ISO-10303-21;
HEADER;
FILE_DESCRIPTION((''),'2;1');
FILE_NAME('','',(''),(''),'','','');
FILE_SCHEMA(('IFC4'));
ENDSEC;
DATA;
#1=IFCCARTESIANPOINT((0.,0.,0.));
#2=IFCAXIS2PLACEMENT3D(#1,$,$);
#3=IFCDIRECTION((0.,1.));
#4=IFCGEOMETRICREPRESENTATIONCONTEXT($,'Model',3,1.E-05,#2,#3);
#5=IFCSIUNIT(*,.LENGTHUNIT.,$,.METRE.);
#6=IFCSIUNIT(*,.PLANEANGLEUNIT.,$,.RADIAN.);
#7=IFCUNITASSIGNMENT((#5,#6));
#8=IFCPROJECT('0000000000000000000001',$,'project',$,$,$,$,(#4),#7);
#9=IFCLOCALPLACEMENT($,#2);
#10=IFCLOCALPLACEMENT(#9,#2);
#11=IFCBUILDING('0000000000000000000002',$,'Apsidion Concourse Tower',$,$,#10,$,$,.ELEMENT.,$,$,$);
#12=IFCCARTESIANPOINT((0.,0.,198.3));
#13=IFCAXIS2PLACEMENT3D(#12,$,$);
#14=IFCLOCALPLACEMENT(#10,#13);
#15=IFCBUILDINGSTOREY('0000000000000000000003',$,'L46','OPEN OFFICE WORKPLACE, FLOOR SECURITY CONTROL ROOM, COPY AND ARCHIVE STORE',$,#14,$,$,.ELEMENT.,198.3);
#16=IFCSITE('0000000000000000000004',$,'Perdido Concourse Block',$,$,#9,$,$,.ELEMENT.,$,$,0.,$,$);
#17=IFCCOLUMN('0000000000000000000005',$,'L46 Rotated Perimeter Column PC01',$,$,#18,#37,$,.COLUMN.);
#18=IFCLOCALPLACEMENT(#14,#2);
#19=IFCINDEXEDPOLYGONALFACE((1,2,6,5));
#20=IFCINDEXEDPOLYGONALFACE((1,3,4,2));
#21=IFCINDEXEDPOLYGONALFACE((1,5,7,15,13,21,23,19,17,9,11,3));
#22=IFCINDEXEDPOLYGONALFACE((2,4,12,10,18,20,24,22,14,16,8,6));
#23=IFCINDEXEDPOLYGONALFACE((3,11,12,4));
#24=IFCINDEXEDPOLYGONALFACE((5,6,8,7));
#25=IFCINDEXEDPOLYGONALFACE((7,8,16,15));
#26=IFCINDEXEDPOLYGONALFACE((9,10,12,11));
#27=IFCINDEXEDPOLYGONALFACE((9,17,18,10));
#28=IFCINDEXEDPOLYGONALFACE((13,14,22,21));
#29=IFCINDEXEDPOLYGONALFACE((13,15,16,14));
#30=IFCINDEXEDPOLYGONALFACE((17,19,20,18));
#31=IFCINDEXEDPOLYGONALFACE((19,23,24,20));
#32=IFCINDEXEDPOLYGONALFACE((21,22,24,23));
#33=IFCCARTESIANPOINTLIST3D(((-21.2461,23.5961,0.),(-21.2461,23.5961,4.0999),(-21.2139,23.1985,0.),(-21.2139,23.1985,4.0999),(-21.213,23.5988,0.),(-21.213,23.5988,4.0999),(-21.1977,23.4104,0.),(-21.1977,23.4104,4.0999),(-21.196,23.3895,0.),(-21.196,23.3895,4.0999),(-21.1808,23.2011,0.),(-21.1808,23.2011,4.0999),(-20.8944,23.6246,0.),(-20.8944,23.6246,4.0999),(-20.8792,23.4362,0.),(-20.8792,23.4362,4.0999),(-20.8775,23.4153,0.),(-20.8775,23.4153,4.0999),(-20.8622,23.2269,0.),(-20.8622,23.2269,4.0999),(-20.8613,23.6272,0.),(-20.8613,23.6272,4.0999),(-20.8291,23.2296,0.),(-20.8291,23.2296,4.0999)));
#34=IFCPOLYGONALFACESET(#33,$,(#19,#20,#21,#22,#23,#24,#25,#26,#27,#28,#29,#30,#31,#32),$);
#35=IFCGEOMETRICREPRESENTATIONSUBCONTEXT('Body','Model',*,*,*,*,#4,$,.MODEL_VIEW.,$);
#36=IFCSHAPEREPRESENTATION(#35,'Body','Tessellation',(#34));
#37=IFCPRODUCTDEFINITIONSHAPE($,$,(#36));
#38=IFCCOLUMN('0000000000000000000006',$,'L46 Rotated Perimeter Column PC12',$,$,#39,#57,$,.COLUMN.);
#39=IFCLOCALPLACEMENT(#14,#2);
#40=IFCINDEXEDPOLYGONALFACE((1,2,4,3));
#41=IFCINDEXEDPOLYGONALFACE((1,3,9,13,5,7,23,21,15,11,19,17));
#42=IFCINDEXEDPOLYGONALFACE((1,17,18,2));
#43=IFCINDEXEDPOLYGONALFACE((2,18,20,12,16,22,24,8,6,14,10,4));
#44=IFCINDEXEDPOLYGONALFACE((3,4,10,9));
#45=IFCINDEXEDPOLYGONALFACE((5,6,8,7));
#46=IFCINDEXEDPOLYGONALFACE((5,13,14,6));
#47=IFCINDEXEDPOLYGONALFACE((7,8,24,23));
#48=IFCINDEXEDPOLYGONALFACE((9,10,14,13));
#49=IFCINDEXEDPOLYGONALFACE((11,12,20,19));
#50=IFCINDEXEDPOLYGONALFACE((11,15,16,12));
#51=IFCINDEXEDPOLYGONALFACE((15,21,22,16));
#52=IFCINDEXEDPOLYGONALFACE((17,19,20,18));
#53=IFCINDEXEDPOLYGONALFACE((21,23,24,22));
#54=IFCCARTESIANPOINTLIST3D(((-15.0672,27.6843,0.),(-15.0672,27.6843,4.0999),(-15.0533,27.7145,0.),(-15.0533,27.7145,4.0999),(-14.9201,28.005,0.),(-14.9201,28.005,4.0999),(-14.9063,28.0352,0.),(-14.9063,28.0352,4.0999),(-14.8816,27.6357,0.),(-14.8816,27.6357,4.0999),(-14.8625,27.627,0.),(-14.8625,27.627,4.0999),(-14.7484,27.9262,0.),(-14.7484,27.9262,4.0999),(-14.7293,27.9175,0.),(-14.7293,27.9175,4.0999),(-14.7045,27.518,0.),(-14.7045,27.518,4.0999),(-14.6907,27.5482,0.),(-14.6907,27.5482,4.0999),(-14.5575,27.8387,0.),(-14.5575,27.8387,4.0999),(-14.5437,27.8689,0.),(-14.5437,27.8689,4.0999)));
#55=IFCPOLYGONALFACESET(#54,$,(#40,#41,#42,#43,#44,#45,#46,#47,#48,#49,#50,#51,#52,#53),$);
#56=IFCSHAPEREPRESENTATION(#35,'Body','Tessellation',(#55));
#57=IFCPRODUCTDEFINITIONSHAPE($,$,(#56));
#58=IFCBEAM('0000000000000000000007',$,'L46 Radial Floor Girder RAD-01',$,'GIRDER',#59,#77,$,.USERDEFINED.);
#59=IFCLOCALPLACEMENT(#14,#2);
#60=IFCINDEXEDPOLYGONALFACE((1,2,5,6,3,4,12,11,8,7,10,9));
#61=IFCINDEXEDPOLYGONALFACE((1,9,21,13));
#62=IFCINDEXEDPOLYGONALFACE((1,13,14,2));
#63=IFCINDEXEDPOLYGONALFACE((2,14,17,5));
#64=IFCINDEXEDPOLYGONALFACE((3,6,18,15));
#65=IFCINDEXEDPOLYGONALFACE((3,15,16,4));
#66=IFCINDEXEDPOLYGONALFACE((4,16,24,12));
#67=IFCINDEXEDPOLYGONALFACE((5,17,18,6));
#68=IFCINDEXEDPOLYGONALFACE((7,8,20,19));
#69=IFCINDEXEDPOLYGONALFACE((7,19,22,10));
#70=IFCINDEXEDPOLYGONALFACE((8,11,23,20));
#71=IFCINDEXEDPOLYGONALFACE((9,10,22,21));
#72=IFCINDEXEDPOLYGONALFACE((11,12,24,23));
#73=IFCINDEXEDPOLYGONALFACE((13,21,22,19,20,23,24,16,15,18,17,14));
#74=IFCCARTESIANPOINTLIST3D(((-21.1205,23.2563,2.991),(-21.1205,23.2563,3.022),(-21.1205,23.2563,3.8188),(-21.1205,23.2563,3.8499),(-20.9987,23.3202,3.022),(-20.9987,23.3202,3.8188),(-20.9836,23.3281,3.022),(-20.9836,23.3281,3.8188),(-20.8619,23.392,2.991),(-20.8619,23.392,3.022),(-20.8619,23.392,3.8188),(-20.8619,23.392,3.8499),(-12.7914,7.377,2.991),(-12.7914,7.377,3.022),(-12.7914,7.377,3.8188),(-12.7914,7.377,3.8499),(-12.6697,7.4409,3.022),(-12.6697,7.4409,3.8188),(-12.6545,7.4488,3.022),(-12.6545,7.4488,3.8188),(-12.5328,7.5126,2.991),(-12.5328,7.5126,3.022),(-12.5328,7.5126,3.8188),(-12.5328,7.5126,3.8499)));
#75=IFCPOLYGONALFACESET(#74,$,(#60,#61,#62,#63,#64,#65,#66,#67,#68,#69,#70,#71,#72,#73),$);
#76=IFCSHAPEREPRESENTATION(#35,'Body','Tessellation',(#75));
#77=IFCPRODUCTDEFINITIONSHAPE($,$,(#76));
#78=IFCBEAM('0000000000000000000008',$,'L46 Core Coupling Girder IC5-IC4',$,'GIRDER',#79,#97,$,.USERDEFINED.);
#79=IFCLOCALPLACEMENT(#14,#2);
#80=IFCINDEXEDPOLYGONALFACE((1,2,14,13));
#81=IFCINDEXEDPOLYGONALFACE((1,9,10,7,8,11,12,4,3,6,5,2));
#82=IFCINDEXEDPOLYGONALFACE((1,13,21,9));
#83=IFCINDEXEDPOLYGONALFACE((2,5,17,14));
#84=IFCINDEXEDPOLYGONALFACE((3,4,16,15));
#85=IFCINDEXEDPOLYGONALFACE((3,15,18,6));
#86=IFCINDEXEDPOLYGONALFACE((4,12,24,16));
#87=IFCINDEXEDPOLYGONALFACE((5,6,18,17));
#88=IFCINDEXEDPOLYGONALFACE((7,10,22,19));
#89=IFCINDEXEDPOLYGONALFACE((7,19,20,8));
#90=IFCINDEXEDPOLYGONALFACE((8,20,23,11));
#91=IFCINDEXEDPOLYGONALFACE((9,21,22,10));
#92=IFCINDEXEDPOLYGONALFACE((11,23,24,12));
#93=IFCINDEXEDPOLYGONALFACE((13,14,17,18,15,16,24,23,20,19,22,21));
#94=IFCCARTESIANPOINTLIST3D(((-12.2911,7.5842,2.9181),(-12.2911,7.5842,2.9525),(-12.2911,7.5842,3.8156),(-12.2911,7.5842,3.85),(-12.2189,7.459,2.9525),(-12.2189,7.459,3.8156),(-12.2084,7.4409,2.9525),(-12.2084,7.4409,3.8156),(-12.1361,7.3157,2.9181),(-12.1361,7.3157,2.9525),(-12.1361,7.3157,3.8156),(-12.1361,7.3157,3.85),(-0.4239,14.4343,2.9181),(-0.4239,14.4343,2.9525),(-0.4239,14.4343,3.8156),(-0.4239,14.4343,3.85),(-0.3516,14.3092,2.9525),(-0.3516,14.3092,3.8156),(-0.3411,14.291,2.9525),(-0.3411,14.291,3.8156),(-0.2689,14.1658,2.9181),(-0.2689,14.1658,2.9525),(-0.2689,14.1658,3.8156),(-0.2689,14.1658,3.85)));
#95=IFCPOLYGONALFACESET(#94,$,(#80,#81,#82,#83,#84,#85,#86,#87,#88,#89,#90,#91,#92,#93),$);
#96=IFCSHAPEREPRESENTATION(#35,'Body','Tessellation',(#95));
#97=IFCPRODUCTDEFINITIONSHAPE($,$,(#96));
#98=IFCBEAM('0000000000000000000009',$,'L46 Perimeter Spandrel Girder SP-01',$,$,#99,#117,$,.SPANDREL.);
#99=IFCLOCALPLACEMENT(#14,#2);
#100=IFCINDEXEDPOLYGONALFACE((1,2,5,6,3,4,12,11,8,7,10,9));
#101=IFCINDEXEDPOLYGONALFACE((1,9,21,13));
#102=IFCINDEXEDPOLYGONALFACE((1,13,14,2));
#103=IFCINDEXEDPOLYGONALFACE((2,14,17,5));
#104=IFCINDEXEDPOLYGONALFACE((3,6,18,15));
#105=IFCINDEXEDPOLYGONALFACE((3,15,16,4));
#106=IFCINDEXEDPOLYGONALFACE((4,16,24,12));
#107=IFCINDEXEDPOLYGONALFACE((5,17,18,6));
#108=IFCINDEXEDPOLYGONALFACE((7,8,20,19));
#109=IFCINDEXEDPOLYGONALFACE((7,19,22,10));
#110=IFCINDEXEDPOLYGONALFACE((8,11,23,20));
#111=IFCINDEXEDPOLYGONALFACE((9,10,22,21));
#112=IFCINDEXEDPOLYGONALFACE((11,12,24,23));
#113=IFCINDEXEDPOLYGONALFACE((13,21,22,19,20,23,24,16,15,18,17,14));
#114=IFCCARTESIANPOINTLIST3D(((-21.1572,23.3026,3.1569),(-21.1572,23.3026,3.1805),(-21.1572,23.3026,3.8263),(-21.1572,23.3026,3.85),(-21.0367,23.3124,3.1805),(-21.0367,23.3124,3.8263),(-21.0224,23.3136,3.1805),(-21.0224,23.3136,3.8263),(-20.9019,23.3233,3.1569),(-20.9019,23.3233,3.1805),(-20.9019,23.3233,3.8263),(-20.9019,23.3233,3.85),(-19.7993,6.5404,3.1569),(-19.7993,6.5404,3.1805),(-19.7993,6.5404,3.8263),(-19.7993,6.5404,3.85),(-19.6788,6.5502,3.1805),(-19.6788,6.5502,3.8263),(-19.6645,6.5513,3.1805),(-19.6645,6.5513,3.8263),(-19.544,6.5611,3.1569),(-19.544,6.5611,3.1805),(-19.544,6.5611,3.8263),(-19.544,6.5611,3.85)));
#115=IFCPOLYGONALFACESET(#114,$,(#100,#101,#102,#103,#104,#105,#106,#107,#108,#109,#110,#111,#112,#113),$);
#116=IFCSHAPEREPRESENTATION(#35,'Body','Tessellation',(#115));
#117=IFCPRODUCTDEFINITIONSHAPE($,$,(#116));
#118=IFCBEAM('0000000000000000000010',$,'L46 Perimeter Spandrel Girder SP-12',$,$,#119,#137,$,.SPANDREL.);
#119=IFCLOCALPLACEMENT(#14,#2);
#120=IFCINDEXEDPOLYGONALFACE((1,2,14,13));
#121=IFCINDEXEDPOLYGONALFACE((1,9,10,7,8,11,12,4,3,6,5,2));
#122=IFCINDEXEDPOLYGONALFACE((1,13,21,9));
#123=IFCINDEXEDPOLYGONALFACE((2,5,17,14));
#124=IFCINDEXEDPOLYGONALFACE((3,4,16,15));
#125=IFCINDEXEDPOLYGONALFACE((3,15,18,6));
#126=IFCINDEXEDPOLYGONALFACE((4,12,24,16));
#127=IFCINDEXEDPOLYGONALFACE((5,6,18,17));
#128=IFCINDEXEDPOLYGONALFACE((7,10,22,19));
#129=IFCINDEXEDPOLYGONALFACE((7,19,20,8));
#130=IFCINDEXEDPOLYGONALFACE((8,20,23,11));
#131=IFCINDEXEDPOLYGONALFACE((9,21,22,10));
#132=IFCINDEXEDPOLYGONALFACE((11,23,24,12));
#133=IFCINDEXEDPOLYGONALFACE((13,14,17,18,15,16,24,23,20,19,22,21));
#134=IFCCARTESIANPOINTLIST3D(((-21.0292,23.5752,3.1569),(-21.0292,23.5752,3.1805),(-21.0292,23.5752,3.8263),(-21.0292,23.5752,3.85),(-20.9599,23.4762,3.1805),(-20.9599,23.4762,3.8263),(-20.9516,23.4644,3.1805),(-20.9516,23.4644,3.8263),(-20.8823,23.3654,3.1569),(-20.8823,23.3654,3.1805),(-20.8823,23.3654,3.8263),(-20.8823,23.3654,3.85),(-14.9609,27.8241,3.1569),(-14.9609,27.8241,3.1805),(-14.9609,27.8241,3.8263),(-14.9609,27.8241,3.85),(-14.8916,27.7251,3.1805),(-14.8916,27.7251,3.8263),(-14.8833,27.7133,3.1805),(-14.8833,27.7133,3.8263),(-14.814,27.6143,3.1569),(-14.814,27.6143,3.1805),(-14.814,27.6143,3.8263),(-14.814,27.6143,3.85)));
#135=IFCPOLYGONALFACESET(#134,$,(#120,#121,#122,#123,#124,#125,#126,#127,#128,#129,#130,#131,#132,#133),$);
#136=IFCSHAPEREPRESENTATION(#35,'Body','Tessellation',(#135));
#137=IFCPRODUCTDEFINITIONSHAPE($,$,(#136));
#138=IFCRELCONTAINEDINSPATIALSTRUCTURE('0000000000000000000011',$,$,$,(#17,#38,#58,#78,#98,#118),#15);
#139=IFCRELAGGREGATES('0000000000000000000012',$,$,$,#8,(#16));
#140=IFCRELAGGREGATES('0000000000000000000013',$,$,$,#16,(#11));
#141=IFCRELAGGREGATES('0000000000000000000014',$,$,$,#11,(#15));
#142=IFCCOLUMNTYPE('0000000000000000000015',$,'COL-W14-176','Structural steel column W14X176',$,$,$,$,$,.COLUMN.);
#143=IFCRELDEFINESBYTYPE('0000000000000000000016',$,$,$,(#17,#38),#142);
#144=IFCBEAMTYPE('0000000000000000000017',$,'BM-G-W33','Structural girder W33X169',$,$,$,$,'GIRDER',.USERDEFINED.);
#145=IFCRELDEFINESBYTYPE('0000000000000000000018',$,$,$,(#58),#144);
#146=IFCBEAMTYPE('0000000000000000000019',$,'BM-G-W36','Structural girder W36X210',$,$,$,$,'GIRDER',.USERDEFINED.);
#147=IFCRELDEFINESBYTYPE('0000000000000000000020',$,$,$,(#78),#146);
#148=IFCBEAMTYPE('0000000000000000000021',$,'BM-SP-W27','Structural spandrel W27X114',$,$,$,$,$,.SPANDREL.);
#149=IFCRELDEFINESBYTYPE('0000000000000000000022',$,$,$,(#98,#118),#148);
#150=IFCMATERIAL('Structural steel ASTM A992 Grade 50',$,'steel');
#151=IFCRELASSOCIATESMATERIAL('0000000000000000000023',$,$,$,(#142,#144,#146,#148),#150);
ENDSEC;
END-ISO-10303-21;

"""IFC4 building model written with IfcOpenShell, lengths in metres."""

from ifc_helpers import new_model, si_unit, direction, frame, origin, origin_2d, place, context, subcontext, project, spatial, i_section, extrude, material, material_profile, profile_set, type_object, element, save


model = new_model("IFC4")

# Units and contexts
model_context = context("Model", 3, precision=1e-05, world=origin(), true_north=direction((0.0, 1.0)))
body_context = subcontext(model_context, "Body", "Model", "MODEL_VIEW")
ifc_project = project(units=[si_unit("LENGTHUNIT", "METRE"), si_unit("PLANEANGLEUNIT", "RADIAN")], contexts=[model_context])

# Site, building, storey
site_placement = place(None, origin())
site = spatial("IfcSite", under=ifc_project, at=site_placement, Name="Perdido Concourse Block", CompositionType="ELEMENT", RefElevation=0.0)
building_placement = place(site_placement, origin())
building = spatial("IfcBuilding", under=site, at=building_placement, Name="Apsidion Concourse Tower", CompositionType="ELEMENT")
storey_placement = place(building_placement, frame((0.0, 0.0, 198.3)))
storey = spatial("IfcBuildingStorey", under=building, at=storey_placement, Name="L46", Description="OPEN OFFICE WORKPLACE, FLOOR SECURITY CONTROL ROOM, COPY AND ARCHIVE STORE", CompositionType="ELEMENT", Elevation=198.3)

# Columns
ifc_material_1 = material(Name="Structural steel ASTM A992 Grade 50", Category="steel")
ifc_material_profile_1 = material_profile(ifc_material_1, i_section(OverallWidth=0.3989, OverallDepth=0.386, WebThickness=0.021, FlangeThickness=0.0332, at=origin_2d()), Name="W14X176")
ifc_profile_set_1 = profile_set([ifc_material_profile_1], Name="Structural steel ASTM A992 Grade 50")
column_type = type_object("IfcColumnType", Name="COL-W14-176", Description="Structural steel column W14X176", PredefinedType="COLUMN", material=ifc_profile_set_1)
for number, where, z_axis, x_axis, name in (
    (1, (-21.0376, 23.4128, 0.0), (0.0, 0.0, 1.0), (-0.080721, 0.996737, 0.0), "L46 Rotated Perimeter Column PC01"),
    (2, (-14.8054, 27.7766, 0.0), (0.0, 0.0, 1.0), (-0.909018, 0.416757, 0.0), "L46 Rotated Perimeter Column PC12"),
):
    element("IfcColumn", number, at=place(storey_placement, frame(where, z_axis=z_axis, x_axis=x_axis)), inside=storey, type_object=column_type, Name=name, PredefinedType="COLUMN", context=body_context, shape_type="SweptSolid", body=[
        extrude(i_section(OverallWidth=0.3989, OverallDepth=0.386, WebThickness=0.021, FlangeThickness=0.0332, at=origin_2d()), origin(), (0.0, 0.0, 1.0), 4.0999),
    ])

# Beams
ifc_material_profile_2 = material_profile(ifc_material_1, i_section(OverallWidth=0.292, OverallDepth=0.8589, WebThickness=0.0171, FlangeThickness=0.031, at=origin_2d()), Name="W33X169")
ifc_profile_set_2 = profile_set([ifc_material_profile_2], Name="Structural steel ASTM A992 Grade 50")
beam_type_1 = type_object("IfcBeamType", Name="BM-G-W33", Description="Structural girder W33X169", ElementType="GIRDER", PredefinedType="USERDEFINED", material=ifc_profile_set_2)
beam_1_placement = place(storey_placement, frame((-12.6621, 7.4448, 3.4204), z_axis=(-0.464502, 0.885572, 0.0), x_axis=(-0.885572, -0.464502, 0.0)))
element("IfcBeam", 3, at=beam_1_placement, inside=storey, type_object=beam_type_1, Name="L46 Radial Floor Girder RAD-01", ObjectType="GIRDER", PredefinedType="USERDEFINED", context=body_context, shape_type="SweptSolid", body=[
    extrude(i_section(OverallWidth=0.292, OverallDepth=0.8589, WebThickness=0.0171, FlangeThickness=0.031, at=origin_2d()), origin(), (0.0, 0.0, 1.0), 17.9312),
])
ifc_material_profile_3 = material_profile(ifc_material_1, i_section(OverallWidth=0.3101, OverallDepth=0.9319, WebThickness=0.021, FlangeThickness=0.0344, at=origin_2d()), Name="W36X210")
ifc_profile_set_3 = profile_set([ifc_material_profile_3], Name="Structural steel ASTM A992 Grade 50")
beam_type_2 = type_object("IfcBeamType", Name="BM-G-W36", Description="Structural girder W36X210", ElementType="GIRDER", PredefinedType="USERDEFINED", material=ifc_profile_set_3)
beam_2_placement = place(storey_placement, frame((-12.2136, 7.45, 3.384), z_axis=(0.86607, 0.499922, 0.0), x_axis=(-0.499922, 0.86607, 0.0)))
element("IfcBeam", 4, at=beam_2_placement, inside=storey, type_object=beam_type_2, Name="L46 Core Coupling Girder IC5-IC4", ObjectType="GIRDER", PredefinedType="USERDEFINED", context=body_context, shape_type="SweptSolid", body=[
    extrude(i_section(OverallWidth=0.3101, OverallDepth=0.9319, WebThickness=0.021, FlangeThickness=0.0344, at=origin_2d()), origin(), (0.0, 0.0, 1.0), 13.7024),
])
ifc_material_profile_4 = material_profile(ifc_material_1, i_section(OverallWidth=0.2561, OverallDepth=0.6931, WebThickness=0.0144, FlangeThickness=0.0237, at=origin_2d()), Name="W27X114")
ifc_profile_set_4 = profile_set([ifc_material_profile_4], Name="Structural steel ASTM A992 Grade 50")
beam_type_3 = type_object("IfcBeamType", Name="BM-SP-W27", Description="Structural spandrel W27X114", PredefinedType="SPANDREL", material=ifc_profile_set_4)
beam_3_placement = place(storey_placement, frame((-21.0295, 23.313, 3.5034), z_axis=(0.080746, -0.996735, 0.0), x_axis=(0.996735, 0.080746, 0.0)))
element("IfcBeam", 5, at=beam_3_placement, inside=storey, type_object=beam_type_3, Name="L46 Perimeter Spandrel Girder SP-01", PredefinedType="SPANDREL", context=body_context, shape_type="SweptSolid", body=[
    extrude(i_section(OverallWidth=0.2561, OverallDepth=0.6931, WebThickness=0.0144, FlangeThickness=0.0237, at=origin_2d()), origin(), (0.0, 0.0, 1.0), 16.8171),
])
beam_4_placement = place(storey_placement, frame((-14.8875, 27.7192, 3.5034), z_axis=(-0.819158, -0.573569, 0.0), x_axis=(0.573569, -0.819158, 0.0)))
element("IfcBeam", 6, at=beam_4_placement, inside=storey, type_object=beam_type_3, Name="L46 Perimeter Spandrel Girder SP-12", PredefinedType="SPANDREL", context=body_context, shape_type="SweptSolid", body=[
    extrude(i_section(OverallWidth=0.2561, OverallDepth=0.6931, WebThickness=0.0144, FlangeThickness=0.0237, at=origin_2d()), origin(), (0.0, 0.0, 1.0), 7.408),
])

save(model, "model.ifc")
